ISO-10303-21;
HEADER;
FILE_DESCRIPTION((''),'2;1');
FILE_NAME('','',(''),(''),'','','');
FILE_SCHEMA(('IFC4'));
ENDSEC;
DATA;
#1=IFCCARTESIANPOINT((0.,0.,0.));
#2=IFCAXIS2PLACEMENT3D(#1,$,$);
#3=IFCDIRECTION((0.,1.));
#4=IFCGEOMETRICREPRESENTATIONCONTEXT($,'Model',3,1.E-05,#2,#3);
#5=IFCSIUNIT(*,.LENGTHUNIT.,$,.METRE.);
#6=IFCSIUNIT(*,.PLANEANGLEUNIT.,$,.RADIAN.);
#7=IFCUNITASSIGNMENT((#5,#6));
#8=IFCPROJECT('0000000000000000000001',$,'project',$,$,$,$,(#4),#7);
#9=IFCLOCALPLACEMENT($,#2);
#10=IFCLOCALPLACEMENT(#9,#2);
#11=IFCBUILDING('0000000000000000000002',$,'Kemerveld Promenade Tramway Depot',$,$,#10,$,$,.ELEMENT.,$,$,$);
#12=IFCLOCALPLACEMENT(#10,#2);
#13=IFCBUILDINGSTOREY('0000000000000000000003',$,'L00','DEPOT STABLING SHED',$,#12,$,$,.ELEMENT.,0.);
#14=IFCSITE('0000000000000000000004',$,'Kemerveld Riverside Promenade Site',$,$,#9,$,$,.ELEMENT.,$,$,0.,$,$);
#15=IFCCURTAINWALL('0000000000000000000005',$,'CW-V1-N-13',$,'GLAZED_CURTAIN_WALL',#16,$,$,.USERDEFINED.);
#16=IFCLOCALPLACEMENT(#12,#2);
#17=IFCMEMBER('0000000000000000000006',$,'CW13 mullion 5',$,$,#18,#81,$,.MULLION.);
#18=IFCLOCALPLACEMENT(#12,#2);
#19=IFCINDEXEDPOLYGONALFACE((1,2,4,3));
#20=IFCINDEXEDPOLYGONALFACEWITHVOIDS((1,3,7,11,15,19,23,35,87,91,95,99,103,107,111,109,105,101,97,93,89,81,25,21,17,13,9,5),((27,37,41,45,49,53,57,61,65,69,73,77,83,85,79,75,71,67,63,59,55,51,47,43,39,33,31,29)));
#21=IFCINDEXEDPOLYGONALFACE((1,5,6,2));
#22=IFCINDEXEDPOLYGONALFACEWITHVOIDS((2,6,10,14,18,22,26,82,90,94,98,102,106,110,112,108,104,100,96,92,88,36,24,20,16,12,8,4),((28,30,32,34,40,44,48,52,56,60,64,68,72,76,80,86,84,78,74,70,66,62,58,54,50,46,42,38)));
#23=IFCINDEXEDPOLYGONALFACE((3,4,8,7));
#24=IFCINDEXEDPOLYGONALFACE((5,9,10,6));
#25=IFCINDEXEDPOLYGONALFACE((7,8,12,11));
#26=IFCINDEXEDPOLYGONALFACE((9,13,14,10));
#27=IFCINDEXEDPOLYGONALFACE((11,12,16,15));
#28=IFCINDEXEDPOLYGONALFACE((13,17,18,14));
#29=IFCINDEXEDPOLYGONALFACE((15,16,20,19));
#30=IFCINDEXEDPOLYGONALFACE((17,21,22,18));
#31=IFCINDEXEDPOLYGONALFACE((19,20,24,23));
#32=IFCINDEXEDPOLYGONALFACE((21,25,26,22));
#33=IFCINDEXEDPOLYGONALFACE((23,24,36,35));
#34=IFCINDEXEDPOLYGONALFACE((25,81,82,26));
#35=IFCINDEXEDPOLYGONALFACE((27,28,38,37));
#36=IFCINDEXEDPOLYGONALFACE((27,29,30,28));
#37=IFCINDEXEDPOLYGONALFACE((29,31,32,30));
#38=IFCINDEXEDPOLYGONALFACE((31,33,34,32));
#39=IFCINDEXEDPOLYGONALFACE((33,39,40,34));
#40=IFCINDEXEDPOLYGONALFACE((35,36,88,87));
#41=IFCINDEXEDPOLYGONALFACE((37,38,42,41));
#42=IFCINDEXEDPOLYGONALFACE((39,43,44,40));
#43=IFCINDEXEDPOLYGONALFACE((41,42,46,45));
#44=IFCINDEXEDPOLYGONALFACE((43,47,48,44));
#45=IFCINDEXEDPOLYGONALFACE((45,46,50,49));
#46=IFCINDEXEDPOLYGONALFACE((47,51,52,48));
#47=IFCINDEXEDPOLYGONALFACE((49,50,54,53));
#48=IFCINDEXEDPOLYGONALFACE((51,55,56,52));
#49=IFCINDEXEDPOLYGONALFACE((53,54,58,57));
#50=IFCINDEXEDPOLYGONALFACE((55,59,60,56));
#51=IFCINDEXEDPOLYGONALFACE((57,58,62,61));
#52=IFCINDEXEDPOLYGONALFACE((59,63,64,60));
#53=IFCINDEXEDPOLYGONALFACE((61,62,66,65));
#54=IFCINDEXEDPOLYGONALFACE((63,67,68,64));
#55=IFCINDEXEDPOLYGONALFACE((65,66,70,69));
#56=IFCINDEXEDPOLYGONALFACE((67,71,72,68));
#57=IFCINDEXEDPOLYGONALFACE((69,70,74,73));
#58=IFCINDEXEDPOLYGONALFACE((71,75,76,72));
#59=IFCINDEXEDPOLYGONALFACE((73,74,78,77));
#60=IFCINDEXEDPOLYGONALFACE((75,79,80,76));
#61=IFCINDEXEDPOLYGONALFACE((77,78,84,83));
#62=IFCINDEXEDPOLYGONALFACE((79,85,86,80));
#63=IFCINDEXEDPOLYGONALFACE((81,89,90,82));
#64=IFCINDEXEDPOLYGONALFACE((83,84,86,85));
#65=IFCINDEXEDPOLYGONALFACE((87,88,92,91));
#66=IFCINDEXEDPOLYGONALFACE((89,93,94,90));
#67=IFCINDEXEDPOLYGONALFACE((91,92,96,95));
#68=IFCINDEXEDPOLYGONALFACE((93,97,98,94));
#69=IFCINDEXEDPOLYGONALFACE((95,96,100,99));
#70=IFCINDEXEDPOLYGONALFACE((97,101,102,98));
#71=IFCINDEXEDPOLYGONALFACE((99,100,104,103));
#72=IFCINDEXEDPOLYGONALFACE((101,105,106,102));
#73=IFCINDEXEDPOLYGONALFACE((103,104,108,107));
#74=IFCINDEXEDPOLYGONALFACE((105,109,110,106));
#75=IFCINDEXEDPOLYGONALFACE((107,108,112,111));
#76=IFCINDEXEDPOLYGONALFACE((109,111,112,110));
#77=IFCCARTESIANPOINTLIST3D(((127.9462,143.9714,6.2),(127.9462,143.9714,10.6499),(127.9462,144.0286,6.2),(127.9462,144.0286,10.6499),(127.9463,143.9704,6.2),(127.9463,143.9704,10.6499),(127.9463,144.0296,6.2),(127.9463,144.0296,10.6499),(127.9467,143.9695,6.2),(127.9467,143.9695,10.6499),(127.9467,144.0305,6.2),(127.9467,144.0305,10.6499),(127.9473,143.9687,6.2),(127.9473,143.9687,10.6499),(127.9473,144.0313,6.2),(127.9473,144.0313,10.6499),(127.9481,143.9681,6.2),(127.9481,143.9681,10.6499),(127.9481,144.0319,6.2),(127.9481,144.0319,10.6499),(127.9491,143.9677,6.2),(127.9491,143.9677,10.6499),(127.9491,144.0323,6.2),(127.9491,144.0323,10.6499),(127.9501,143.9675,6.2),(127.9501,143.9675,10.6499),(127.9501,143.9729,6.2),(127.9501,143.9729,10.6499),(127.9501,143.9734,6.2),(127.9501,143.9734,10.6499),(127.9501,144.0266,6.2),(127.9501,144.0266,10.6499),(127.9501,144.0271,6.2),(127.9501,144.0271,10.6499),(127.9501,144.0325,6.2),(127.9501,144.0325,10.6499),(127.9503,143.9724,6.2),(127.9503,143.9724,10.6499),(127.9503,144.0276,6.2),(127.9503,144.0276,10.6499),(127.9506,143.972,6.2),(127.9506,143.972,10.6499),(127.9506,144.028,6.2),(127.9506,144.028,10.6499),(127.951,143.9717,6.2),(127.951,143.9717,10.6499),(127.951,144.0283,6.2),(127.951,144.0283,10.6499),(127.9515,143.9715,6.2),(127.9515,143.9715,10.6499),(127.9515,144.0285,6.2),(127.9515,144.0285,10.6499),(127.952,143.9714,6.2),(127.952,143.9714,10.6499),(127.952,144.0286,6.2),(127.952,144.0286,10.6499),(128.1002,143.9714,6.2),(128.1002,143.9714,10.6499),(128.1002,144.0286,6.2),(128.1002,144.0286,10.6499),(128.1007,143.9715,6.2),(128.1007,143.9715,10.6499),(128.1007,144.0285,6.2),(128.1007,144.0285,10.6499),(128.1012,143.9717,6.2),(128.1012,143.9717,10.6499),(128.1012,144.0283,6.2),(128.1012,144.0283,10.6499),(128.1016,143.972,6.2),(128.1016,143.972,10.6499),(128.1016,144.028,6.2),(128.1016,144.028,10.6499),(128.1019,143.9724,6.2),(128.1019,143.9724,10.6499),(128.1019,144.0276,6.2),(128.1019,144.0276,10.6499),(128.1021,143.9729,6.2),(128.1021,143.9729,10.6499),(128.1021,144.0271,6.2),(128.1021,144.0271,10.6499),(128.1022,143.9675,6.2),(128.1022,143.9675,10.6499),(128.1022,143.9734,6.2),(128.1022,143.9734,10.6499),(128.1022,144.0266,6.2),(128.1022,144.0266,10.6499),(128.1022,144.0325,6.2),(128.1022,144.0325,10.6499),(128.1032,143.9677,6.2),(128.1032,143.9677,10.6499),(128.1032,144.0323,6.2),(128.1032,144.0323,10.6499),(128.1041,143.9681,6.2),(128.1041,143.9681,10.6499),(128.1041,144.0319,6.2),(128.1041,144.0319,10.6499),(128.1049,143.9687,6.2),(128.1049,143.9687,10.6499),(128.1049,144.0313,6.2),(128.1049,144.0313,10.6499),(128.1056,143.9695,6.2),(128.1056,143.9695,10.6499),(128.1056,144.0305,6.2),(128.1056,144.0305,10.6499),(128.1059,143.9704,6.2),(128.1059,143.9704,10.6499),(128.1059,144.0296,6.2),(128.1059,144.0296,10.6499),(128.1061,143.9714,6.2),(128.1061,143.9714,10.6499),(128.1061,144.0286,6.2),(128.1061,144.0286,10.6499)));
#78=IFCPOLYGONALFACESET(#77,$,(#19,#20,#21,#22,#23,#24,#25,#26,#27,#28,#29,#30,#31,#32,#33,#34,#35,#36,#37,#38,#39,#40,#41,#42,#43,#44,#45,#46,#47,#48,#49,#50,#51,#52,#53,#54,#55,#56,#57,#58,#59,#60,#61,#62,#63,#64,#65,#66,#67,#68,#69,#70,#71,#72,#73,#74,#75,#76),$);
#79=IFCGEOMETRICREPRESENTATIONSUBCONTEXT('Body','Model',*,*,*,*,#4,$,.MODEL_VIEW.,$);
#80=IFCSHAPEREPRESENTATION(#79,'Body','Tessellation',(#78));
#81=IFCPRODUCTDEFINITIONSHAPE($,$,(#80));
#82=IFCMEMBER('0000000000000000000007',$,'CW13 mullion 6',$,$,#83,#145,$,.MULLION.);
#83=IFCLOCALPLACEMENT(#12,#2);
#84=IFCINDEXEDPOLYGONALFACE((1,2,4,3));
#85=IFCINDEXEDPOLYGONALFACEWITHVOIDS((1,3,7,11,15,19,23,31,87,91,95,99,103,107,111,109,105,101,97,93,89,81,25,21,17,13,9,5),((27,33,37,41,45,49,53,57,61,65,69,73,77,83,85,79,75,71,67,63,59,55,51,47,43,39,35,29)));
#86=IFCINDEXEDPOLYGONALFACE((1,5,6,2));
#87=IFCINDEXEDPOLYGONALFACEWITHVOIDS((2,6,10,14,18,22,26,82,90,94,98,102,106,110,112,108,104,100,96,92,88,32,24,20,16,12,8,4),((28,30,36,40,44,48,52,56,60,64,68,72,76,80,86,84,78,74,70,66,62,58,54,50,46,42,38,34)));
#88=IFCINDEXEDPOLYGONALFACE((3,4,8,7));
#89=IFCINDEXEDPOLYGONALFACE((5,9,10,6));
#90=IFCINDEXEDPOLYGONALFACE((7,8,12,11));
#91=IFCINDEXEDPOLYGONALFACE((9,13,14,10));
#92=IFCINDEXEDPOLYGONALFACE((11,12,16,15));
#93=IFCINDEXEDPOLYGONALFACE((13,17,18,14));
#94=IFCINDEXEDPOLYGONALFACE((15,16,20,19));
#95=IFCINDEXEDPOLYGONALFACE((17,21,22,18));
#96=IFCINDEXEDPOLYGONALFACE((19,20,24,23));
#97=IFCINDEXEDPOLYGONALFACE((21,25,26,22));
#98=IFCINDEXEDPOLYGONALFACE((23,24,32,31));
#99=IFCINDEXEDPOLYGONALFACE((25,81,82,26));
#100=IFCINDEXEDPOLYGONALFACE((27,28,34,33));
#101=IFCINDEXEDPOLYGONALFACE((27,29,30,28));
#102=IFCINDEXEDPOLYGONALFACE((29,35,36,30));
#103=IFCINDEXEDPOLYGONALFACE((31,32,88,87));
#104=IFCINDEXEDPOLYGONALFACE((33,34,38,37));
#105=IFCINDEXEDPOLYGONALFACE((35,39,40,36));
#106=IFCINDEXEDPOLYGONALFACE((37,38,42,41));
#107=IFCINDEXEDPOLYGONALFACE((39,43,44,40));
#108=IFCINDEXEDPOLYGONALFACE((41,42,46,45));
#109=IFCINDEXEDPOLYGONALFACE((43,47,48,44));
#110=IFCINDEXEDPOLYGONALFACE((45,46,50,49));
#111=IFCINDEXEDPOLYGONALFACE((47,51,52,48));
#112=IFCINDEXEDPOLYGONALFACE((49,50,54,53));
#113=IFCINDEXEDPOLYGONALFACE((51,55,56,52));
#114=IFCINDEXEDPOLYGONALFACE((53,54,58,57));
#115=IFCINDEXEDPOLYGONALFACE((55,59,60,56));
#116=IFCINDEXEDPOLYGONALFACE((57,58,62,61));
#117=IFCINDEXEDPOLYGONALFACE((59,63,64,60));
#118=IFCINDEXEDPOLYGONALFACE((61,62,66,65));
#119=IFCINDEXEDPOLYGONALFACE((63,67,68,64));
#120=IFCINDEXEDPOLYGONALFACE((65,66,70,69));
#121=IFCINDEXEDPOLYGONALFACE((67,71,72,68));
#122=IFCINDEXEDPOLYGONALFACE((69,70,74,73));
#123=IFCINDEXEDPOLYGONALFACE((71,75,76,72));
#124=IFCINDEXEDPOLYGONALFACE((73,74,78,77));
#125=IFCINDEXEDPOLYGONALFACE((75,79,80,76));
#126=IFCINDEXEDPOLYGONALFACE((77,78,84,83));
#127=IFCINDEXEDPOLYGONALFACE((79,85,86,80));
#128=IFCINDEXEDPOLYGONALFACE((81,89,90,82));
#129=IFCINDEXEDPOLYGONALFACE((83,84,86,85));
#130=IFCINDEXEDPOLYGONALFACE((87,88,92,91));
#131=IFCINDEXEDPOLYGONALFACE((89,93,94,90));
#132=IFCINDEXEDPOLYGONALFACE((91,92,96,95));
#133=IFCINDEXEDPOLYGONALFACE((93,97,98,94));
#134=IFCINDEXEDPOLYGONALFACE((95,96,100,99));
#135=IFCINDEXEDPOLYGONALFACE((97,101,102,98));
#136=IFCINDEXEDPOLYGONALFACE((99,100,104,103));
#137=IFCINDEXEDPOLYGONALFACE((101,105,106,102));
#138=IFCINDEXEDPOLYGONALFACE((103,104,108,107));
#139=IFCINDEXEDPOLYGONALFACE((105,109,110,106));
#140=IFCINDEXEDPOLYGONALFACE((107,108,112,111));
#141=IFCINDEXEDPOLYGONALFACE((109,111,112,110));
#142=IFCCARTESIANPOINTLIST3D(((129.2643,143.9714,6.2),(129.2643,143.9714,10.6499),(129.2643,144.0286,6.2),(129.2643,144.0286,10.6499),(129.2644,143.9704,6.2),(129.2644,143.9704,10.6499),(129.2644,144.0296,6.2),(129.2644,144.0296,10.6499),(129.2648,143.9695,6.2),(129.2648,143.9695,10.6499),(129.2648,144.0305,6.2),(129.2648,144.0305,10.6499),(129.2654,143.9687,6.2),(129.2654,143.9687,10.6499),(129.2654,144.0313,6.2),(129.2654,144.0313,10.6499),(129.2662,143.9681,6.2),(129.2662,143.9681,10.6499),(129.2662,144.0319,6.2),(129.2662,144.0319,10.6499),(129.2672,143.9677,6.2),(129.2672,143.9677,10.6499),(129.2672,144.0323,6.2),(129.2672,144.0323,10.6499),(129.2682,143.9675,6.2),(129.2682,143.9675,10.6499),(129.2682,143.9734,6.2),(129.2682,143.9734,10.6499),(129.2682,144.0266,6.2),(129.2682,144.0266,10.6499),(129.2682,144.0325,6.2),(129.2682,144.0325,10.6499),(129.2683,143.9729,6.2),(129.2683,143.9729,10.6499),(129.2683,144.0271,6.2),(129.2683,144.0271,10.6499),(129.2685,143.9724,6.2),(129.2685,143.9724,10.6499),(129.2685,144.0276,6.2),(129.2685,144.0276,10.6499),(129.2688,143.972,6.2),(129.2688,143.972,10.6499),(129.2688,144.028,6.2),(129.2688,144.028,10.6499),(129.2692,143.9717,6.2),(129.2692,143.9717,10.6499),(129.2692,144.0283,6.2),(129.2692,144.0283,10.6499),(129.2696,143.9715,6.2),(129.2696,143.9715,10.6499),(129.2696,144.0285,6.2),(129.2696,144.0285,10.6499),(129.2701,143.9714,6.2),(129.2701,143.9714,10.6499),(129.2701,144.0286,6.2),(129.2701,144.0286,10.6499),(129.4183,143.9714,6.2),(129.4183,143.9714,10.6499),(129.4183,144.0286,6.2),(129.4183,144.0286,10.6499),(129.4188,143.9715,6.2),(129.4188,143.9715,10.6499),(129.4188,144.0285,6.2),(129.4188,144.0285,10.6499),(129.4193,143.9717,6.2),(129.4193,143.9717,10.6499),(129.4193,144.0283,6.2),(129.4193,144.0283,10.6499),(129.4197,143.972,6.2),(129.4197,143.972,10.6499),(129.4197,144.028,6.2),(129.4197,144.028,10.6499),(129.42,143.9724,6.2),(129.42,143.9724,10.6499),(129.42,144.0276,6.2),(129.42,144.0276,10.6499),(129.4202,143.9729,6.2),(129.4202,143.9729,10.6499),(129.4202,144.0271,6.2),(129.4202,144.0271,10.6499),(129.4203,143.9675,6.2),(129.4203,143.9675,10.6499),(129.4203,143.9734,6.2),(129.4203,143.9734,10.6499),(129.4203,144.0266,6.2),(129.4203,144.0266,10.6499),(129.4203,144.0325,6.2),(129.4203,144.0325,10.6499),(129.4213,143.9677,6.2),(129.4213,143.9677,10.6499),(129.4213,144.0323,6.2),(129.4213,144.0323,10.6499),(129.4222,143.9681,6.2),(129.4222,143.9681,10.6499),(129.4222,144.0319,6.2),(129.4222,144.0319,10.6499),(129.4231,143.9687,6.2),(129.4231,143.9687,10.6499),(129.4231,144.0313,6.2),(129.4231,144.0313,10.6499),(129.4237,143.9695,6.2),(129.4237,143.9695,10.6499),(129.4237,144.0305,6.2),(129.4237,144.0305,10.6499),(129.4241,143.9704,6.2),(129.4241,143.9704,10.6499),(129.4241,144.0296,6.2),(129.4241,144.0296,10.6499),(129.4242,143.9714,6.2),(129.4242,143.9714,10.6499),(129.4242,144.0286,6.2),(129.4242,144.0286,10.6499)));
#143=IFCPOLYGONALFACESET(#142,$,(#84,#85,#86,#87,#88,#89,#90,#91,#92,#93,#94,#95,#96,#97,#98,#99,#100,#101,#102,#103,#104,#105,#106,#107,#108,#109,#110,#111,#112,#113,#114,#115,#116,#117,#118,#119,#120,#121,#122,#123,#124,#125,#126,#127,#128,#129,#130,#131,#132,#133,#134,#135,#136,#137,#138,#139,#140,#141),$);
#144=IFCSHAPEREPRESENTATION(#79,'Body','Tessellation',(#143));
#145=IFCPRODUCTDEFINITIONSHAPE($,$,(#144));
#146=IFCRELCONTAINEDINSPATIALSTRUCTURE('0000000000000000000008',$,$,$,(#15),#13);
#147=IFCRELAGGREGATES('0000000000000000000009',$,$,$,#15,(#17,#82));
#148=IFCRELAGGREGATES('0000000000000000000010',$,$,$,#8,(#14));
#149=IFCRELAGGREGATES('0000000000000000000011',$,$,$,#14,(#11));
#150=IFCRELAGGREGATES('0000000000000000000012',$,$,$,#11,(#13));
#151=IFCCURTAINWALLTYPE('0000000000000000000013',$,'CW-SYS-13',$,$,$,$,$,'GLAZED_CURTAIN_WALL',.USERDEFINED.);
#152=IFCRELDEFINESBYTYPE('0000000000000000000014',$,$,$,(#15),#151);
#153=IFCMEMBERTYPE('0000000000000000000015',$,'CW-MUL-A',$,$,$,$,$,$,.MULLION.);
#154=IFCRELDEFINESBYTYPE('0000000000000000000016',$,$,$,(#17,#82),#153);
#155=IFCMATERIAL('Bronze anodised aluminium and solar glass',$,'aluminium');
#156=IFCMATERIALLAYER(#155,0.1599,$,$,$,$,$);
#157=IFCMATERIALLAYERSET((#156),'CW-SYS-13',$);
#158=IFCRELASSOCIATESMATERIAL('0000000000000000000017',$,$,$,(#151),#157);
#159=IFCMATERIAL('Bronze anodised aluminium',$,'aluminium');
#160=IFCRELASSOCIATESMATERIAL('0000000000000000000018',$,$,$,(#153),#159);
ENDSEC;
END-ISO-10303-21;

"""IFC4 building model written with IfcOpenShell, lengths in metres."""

from ifc_helpers import new_model, si_unit, direction, frame, origin, origin_2d, place, context, subcontext, project, spatial, hollow_rectangle, extrude, material, layer, layer_set, material_profile, profile_set, type_object, element, aggregate, save


model = new_model("IFC4")

# Units and contexts
model_context = context("Model", 3, precision=1e-05, world=origin(), true_north=direction((0.0, 1.0)))
body_context = subcontext(model_context, "Body", "Model", "MODEL_VIEW")
ifc_project = project(units=[si_unit("LENGTHUNIT", "METRE"), si_unit("PLANEANGLEUNIT", "RADIAN")], contexts=[model_context])

# Site, building, storey
site_placement = place(None, origin())
site = spatial("IfcSite", under=ifc_project, at=site_placement, Name="Kemerveld Riverside Promenade Site", CompositionType="ELEMENT", RefElevation=0.0)
building_placement = place(site_placement, origin())
building = spatial("IfcBuilding", under=site, at=building_placement, Name="Kemerveld Promenade Tramway Depot", CompositionType="ELEMENT")
storey_placement = place(building_placement, origin())
storey = spatial("IfcBuildingStorey", under=building, at=storey_placement, Name="L00", Description="DEPOT STABLING SHED", CompositionType="ELEMENT", Elevation=0.0)

# Curtain wall, members
ifc_material_1 = material(Name="Bronze anodised aluminium and solar glass", Category="aluminium")
ifc_layer_1 = layer(ifc_material_1, 0.1599)
ifc_layer_set_1 = layer_set([ifc_layer_1], Name="CW-SYS-13")
curtain_wall_type = type_object("IfcCurtainWallType", Name="CW-SYS-13", ElementType="GLAZED_CURTAIN_WALL", PredefinedType="USERDEFINED", material=ifc_layer_set_1)
curtain_wall_placement = place(storey_placement, origin())
curtain_wall = element("IfcCurtainWall", 1, at=curtain_wall_placement, inside=storey, type_object=curtain_wall_type, Name="CW-V1-N-13", ObjectType="GLAZED_CURTAIN_WALL", PredefinedType="USERDEFINED")
ifc_material_2 = material(Name="Bronze anodised aluminium", Category="aluminium")
ifc_material_profile_1 = material_profile(ifc_material_2, hollow_rectangle(XDim=0.0649, YDim=0.1599, WallThickness=0.0039, InnerFilletRadius=0.002, OuterFilletRadius=0.0039, at=origin_2d()), Name="CW-MUL-160x65")
ifc_profile_set_1 = profile_set([ifc_material_profile_1], Name="Bronze anodised aluminium")
member_type_1 = type_object("IfcMemberType", Name="CW-MUL-A", PredefinedType="MULLION", material=ifc_profile_set_1)
member_1_placement = place(storey_placement, frame((128.0261, 144.0, 6.2), z_axis=(0.0, 0.0, 1.0), x_axis=(0.0, 1.0, 0.0)))
member_1 = element("IfcMember", 2, at=member_1_placement, type_object=member_type_1, Name="CW13 mullion 5", PredefinedType="MULLION", context=body_context, shape_type="SweptSolid", body=[
    extrude(hollow_rectangle(XDim=0.0649, YDim=0.1599, WallThickness=0.0039, InnerFilletRadius=0.002, OuterFilletRadius=0.0039, at=origin_2d()), origin(), (0.0, 0.0, 1.0), 4.45),
])
member_2_placement = place(storey_placement, frame((129.3442, 144.0, 6.2), z_axis=(0.0, 0.0, 1.0), x_axis=(0.0, 1.0, 0.0)))
member_2 = element("IfcMember", 3, at=member_2_placement, type_object=member_type_1, Name="CW13 mullion 6", PredefinedType="MULLION", context=body_context, shape_type="SweptSolid", body=[
    extrude(hollow_rectangle(XDim=0.0649, YDim=0.1599, WallThickness=0.0039, InnerFilletRadius=0.002, OuterFilletRadius=0.0039, at=origin_2d()), origin(), (0.0, 0.0, 1.0), 4.45),
])
aggregate(curtain_wall, [member_1, member_2])

save(model, "model.ifc")
